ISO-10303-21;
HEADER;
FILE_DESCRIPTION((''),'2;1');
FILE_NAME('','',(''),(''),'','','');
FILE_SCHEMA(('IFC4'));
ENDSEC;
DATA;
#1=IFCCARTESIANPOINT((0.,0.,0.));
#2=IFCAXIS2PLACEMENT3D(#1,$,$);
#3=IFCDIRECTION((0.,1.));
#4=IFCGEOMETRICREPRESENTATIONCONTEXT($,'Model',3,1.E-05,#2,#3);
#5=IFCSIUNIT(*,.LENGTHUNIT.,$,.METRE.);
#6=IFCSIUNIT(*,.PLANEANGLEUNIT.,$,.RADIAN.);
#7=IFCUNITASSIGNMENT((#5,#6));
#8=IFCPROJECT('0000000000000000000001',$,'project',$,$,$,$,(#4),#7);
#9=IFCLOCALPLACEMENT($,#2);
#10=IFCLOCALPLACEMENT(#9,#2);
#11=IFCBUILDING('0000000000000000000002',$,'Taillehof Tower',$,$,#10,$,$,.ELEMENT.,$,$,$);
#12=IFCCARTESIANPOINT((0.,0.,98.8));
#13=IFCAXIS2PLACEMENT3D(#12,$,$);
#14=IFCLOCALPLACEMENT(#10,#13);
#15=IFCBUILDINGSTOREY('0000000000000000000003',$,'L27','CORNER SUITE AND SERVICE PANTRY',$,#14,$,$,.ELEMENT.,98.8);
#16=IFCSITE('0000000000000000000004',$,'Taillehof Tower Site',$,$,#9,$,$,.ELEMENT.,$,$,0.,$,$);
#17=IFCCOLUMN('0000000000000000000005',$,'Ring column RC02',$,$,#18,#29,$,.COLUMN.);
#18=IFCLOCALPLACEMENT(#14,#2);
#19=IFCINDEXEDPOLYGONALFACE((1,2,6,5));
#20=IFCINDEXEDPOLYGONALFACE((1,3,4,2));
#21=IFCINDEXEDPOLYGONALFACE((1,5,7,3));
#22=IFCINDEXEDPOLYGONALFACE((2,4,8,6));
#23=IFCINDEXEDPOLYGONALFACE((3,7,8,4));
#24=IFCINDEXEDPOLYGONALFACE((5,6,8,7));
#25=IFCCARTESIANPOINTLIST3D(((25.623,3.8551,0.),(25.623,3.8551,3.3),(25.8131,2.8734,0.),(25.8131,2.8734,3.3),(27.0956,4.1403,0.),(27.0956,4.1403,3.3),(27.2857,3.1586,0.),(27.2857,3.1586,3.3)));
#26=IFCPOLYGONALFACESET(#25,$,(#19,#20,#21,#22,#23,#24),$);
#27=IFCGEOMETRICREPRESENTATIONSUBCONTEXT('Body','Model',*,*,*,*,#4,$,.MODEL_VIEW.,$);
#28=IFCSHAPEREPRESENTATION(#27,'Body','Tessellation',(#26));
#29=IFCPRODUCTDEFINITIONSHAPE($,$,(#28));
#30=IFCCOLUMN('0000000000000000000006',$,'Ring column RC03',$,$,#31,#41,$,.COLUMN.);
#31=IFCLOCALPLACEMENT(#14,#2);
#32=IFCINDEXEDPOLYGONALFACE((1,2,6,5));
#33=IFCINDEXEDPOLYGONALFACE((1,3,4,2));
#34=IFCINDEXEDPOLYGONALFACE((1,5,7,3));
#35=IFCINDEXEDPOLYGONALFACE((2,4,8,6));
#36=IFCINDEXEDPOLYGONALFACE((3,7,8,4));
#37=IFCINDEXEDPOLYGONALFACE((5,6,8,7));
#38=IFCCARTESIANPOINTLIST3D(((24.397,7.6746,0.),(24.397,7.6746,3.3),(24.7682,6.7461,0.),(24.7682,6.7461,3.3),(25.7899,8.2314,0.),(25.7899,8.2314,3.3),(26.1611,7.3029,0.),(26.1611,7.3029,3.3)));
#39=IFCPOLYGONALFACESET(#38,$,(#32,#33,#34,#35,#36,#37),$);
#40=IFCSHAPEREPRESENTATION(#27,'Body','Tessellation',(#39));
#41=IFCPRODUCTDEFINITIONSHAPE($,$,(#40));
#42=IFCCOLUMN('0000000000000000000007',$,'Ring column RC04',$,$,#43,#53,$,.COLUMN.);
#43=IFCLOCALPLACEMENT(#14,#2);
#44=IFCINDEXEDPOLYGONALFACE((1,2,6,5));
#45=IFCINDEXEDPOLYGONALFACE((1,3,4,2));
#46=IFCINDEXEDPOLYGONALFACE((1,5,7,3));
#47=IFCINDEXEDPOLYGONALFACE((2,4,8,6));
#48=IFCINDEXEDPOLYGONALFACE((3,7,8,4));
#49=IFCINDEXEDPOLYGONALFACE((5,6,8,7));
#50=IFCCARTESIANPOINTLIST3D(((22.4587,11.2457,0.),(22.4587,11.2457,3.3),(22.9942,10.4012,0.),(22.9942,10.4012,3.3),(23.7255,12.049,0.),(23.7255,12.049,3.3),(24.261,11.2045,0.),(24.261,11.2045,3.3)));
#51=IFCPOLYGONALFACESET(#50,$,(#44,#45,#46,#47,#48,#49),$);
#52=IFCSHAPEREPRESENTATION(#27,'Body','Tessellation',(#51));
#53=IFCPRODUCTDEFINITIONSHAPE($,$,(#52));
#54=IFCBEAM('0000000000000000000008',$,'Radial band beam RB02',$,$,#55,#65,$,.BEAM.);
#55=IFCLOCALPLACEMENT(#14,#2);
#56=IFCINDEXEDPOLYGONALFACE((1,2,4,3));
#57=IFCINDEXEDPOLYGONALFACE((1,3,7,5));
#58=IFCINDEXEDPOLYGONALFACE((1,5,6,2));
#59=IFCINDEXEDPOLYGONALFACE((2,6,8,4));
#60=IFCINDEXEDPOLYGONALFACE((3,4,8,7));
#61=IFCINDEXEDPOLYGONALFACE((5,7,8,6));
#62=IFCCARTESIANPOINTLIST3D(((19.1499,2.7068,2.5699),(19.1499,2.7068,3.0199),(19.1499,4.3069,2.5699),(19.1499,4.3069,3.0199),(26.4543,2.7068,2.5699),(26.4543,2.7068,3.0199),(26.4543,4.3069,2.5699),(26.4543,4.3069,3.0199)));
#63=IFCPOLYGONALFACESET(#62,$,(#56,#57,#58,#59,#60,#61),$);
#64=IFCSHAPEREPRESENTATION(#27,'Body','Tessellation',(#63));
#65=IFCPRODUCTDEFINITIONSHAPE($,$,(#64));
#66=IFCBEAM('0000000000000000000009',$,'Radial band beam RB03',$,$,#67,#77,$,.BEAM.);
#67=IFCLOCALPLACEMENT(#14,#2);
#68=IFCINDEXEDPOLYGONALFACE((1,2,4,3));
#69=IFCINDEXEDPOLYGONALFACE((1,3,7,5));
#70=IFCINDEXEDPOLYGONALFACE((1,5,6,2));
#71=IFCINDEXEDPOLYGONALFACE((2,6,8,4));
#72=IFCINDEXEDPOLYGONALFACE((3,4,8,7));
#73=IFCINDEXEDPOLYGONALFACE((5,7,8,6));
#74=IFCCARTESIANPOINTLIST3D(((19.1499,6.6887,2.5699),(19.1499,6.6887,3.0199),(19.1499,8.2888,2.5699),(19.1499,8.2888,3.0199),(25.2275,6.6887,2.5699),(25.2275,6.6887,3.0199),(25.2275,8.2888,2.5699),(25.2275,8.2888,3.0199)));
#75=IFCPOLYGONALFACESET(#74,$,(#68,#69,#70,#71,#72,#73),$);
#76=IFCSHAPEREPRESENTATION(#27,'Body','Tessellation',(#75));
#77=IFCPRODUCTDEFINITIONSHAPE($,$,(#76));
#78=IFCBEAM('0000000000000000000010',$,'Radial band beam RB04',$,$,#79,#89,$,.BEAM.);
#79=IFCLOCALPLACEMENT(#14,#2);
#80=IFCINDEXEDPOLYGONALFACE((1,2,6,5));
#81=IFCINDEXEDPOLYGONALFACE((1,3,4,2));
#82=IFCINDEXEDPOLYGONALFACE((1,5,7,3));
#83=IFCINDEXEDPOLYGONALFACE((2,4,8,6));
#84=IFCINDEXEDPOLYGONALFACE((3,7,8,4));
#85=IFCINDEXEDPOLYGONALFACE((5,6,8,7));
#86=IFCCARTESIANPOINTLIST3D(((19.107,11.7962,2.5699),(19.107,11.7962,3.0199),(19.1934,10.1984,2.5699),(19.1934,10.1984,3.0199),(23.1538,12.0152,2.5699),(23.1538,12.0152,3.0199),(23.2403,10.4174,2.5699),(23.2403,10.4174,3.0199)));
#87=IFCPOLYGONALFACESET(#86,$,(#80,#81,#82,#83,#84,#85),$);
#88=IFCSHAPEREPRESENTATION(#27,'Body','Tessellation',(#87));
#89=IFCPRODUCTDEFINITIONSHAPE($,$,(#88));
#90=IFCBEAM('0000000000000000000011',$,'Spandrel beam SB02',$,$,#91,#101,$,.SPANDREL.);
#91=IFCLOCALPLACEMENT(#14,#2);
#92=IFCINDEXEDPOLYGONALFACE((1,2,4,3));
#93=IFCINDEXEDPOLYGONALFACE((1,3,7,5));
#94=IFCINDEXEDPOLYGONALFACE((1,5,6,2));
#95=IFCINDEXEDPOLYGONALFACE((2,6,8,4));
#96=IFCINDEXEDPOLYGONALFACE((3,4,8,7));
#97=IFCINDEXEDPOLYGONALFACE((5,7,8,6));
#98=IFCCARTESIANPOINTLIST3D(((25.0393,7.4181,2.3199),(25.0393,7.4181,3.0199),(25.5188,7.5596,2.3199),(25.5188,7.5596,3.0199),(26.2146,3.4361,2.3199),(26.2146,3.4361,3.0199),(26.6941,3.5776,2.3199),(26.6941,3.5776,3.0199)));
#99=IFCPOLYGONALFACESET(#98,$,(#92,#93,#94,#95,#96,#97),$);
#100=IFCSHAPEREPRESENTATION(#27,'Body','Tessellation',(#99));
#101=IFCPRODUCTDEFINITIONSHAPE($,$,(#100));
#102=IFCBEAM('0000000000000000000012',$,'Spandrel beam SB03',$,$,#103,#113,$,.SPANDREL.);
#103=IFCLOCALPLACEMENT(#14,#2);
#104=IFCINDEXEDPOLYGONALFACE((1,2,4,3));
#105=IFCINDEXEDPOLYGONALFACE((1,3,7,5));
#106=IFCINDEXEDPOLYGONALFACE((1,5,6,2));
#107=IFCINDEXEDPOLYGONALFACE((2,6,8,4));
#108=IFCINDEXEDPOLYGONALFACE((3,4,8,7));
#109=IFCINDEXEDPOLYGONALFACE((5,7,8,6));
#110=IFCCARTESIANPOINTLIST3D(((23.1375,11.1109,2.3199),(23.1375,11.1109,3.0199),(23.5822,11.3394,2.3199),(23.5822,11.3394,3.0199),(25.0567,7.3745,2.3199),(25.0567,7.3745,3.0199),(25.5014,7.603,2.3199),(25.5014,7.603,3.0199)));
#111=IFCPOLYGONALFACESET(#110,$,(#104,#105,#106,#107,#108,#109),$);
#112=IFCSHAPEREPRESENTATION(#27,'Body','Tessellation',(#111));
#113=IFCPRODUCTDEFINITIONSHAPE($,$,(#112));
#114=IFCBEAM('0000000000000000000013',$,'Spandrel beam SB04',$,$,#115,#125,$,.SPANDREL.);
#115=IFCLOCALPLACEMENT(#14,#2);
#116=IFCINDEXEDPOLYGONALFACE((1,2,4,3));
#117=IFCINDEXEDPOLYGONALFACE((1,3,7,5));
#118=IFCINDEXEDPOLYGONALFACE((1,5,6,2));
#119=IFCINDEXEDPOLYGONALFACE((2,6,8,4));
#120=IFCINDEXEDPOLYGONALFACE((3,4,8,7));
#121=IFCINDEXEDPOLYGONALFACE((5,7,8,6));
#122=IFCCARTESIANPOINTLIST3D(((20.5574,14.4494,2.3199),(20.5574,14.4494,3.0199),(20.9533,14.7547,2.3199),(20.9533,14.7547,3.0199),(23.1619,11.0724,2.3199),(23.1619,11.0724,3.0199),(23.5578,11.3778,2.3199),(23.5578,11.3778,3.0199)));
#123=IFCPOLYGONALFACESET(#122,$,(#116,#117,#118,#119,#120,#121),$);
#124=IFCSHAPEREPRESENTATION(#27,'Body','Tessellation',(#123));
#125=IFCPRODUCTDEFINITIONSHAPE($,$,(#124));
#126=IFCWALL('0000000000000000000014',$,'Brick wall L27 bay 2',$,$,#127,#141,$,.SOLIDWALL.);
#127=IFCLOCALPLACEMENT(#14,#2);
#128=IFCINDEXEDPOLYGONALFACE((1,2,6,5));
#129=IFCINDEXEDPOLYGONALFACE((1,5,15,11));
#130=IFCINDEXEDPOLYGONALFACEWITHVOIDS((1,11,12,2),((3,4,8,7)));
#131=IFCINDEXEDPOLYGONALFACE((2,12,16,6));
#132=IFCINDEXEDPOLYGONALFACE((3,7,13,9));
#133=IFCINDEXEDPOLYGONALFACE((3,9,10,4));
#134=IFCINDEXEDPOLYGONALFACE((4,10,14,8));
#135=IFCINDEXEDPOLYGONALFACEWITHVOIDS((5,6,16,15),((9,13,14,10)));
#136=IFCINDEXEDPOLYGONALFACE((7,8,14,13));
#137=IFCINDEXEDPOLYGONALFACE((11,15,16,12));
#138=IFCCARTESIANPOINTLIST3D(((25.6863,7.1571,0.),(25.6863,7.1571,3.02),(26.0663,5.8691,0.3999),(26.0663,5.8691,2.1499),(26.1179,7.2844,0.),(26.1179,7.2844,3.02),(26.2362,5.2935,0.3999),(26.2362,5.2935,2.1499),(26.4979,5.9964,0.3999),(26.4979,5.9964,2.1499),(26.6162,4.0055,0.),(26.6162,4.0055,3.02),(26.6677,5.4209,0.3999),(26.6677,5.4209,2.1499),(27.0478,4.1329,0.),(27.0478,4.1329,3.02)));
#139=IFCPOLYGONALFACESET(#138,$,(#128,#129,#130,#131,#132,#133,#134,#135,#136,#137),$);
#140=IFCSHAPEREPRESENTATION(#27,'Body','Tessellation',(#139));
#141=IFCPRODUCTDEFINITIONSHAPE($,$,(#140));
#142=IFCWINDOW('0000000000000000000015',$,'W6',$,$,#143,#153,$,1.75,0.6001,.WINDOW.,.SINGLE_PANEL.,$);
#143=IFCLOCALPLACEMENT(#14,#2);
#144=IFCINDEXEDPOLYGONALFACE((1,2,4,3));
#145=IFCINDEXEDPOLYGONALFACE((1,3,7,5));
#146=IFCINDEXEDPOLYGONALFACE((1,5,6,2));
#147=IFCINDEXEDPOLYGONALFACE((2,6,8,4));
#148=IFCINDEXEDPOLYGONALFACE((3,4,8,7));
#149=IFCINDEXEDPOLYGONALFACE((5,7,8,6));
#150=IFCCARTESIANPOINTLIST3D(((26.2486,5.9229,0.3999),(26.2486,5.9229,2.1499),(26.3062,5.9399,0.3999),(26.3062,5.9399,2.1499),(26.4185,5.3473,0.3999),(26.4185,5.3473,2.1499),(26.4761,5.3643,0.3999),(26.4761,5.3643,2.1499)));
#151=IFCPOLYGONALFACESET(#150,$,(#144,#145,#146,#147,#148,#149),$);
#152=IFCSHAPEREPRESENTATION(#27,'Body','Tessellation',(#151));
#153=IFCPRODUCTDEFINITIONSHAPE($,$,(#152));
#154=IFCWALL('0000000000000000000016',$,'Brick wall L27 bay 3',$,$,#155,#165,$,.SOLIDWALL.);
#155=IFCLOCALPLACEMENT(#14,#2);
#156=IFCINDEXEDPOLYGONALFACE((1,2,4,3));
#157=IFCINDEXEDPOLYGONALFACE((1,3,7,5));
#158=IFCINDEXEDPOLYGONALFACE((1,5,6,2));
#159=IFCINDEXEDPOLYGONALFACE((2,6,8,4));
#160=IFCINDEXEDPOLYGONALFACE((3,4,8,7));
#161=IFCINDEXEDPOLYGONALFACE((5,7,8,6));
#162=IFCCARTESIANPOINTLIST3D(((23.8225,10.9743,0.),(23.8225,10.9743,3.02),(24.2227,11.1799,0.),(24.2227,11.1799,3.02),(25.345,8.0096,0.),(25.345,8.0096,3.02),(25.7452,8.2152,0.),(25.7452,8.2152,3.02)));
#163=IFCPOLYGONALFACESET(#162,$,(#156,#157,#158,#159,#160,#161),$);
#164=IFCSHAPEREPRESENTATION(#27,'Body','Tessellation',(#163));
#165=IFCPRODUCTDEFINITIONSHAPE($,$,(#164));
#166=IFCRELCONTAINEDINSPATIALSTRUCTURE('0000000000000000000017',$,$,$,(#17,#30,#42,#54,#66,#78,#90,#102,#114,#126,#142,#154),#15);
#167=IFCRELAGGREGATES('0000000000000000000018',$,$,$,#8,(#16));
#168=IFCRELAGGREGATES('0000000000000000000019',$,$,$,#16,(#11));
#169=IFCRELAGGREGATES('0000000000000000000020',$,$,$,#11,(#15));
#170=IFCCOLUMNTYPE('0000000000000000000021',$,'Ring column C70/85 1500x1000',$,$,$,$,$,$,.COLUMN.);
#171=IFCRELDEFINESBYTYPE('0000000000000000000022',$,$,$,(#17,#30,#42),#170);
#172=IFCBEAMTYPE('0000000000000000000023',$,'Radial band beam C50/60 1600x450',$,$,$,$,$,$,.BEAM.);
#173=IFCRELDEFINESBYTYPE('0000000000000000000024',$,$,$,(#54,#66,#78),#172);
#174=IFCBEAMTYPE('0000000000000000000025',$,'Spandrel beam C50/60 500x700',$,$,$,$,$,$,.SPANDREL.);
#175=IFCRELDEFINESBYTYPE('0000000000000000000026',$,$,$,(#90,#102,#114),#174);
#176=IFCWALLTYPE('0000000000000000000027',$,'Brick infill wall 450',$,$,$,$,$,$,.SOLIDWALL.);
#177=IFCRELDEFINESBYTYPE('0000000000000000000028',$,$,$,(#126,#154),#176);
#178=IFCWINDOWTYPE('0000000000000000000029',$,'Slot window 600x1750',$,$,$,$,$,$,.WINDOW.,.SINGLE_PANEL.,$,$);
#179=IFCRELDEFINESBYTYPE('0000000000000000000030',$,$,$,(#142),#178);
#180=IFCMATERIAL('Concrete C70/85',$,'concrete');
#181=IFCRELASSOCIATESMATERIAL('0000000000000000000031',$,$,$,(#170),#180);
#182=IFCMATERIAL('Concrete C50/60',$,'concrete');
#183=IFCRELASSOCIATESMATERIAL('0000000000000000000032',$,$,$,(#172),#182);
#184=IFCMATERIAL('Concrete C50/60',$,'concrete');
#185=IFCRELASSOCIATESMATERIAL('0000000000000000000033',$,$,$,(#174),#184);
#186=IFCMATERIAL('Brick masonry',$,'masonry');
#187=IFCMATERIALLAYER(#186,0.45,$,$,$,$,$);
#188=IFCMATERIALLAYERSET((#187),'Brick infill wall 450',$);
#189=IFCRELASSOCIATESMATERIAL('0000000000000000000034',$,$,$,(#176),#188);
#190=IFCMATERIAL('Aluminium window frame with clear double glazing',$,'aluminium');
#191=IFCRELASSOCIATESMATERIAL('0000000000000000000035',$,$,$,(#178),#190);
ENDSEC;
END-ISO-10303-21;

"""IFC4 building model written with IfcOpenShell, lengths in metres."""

from ifc_helpers import new_model, si_unit, direction, frame, frame_2d, origin, origin_2d, place, context, subcontext, project, spatial, rectangle, extrude, material, layer, layer_set, material_profile, profile_set, type_object, element, fill, save


model = new_model("IFC4")

# Units and contexts
model_context = context("Model", 3, precision=1e-05, world=origin(), true_north=direction((0.0, 1.0)))
body_context = subcontext(model_context, "Body", "Model", "MODEL_VIEW")
ifc_project = project(units=[si_unit("LENGTHUNIT", "METRE"), si_unit("PLANEANGLEUNIT", "RADIAN")], contexts=[model_context])

# Site, building, storey
site_placement = place(None, origin())
site = spatial("IfcSite", under=ifc_project, at=site_placement, Name="Taillehof Tower Site", CompositionType="ELEMENT", RefElevation=0.0)
building_placement = place(site_placement, origin())
building = spatial("IfcBuilding", under=site, at=building_placement, Name="Taillehof Tower", CompositionType="ELEMENT")
storey_placement = place(building_placement, frame((0.0, 0.0, 98.8)))
storey = spatial("IfcBuildingStorey", under=building, at=storey_placement, Name="L27", Description="CORNER SUITE AND SERVICE PANTRY", CompositionType="ELEMENT", Elevation=98.8)

# Columns
ifc_material_1 = material(Name="Concrete C70/85", Category="concrete")
ifc_material_profile_1 = material_profile(ifc_material_1, rectangle(XDim=1.5, YDim=1.0, at=origin_2d()), Name="RC 1500x1000")
ifc_profile_set_1 = profile_set([ifc_material_profile_1], Name="Concrete C70/85")
column_type = type_object("IfcColumnType", Name="Ring column C70/85 1500x1000", PredefinedType="COLUMN", material=ifc_profile_set_1)
for number, where, z_axis, x_axis, name in (
    (1, (26.4543, 3.5068, 0.0), (0.0, 0.0, 1.0), (0.981757, 0.190138, 0.0), "Ring column RC02"),
    (2, (25.2791, 7.4888, 0.0), (0.0, 0.0, 1.0), (0.92855, 0.371207, 0.0), "Ring column RC03"),
    (3, (23.3599, 11.2251, 0.0), (0.0, 0.0, 1.0), (0.844511, 0.535537, 0.0), "Ring column RC04"),
):
    element("IfcColumn", number, at=place(storey_placement, frame(where, z_axis=z_axis, x_axis=x_axis)), inside=storey, type_object=column_type, Name=name, PredefinedType="COLUMN", context=body_context, shape_type="SweptSolid", body=[
        extrude(rectangle(XDim=1.5, YDim=1.0, at=origin_2d()), origin(), (0.0, 0.0, 1.0), 3.3),
    ])

# Beams
ifc_material_2 = material(Name="Concrete C50/60", Category="concrete")
ifc_material_profile_2 = material_profile(ifc_material_2, rectangle(XDim=1.6001, YDim=0.45, at=origin_2d()), Name="RC 1600x450")
ifc_profile_set_2 = profile_set([ifc_material_profile_2], Name="Concrete C50/60")
beam_type_1 = type_object("IfcBeamType", Name="Radial band beam C50/60 1600x450", PredefinedType="BEAM", material=ifc_profile_set_2)
beam_1_placement = place(storey_placement, frame((26.4543, 3.5068, 2.7949), z_axis=(-1.0, 0.0, 0.0), x_axis=(0.0, -1.0, 0.0)))
element("IfcBeam", 4, at=beam_1_placement, inside=storey, type_object=beam_type_1, Name="Radial band beam RB02", PredefinedType="BEAM", context=body_context, shape_type="SweptSolid", body=[
    extrude(rectangle(XDim=1.6001, YDim=0.45, at=origin_2d()), origin(), (0.0, 0.0, 1.0), 7.3044),
])
beam_2_placement = place(storey_placement, frame((25.2275, 7.4888, 2.7949), z_axis=(-1.0, 0.0, 0.0), x_axis=(0.0, -1.0, 0.0)))
element("IfcBeam", 5, at=beam_2_placement, inside=storey, type_object=beam_type_1, Name="Radial band beam RB03", PredefinedType="BEAM", context=body_context, shape_type="SweptSolid", body=[
    extrude(rectangle(XDim=1.6001, YDim=0.45, at=origin_2d()), origin(), (0.0, 0.0, 1.0), 6.0776),
])
beam_3_placement = place(storey_placement, frame((23.197, 11.2163, 2.7949), z_axis=(-0.998539, -0.054035, 0.0), x_axis=(0.054035, -0.998539, 0.0)))
element("IfcBeam", 6, at=beam_3_placement, inside=storey, type_object=beam_type_1, Name="Radial band beam RB04", PredefinedType="BEAM", context=body_context, shape_type="SweptSolid", body=[
    extrude(rectangle(XDim=1.6001, YDim=0.45, at=origin_2d()), origin(), (0.0, 0.0, 1.0), 4.0527),
])
ifc_material_3 = material(Name="Concrete C50/60", Category="concrete")
ifc_material_profile_3 = material_profile(ifc_material_3, rectangle(XDim=0.5, YDim=0.7, at=origin_2d()), Name="RC 500x700")
ifc_profile_set_3 = profile_set([ifc_material_profile_3], Name="Concrete C50/60")
beam_type_2 = type_object("IfcBeamType", Name="Spandrel beam C50/60 500x700", PredefinedType="SPANDREL", material=ifc_profile_set_3)
beam_4_placement = place(storey_placement, frame((26.4543, 3.5068, 2.6699), z_axis=(-0.283083, 0.959095, 0.0), x_axis=(-0.959095, -0.283083, 0.0)))
element("IfcBeam", 7, at=beam_4_placement, inside=storey, type_object=beam_type_2, Name="Spandrel beam SB02", PredefinedType="SPANDREL", context=body_context, shape_type="SweptSolid", body=[
    extrude(rectangle(XDim=0.5, YDim=0.7, at=origin_2d()), origin(), (0.0, 0.0, 1.0), 4.1519),
])
beam_5_placement = place(storey_placement, frame((25.2791, 7.4888, 2.6699), z_axis=(-0.456905, 0.889515, 0.0), x_axis=(-0.889515, -0.456905, 0.0)))
element("IfcBeam", 8, at=beam_5_placement, inside=storey, type_object=beam_type_2, Name="Spandrel beam SB03", PredefinedType="SPANDREL", context=body_context, shape_type="SweptSolid", body=[
    extrude(rectangle(XDim=0.5, YDim=0.7, at=origin_2d()), origin(), (0.0, 0.0, 1.0), 4.2004),
])
beam_6_placement = place(storey_placement, frame((23.3599, 11.2251, 2.6699), z_axis=(-0.610717, 0.791849, 0.0), x_axis=(-0.791849, -0.610717, 0.0)))
element("IfcBeam", 9, at=beam_6_placement, inside=storey, type_object=beam_type_2, Name="Spandrel beam SB04", PredefinedType="SPANDREL", context=body_context, shape_type="SweptSolid", body=[
    extrude(rectangle(XDim=0.5, YDim=0.7, at=origin_2d()), origin(), (0.0, 0.0, 1.0), 4.2646),
])

# Wall, opening, window
ifc_material_4 = material(Name="Brick masonry", Category="masonry")
ifc_layer_1 = layer(ifc_material_4, 0.45)
ifc_layer_set_1 = layer_set([ifc_layer_1], Name="Brick infill wall 450")
wall_type_1 = type_object("IfcWallType", Name="Brick infill wall 450", PredefinedType="SOLIDWALL", material=ifc_layer_set_1)
wall_1_placement = place(storey_placement, frame((26.832, 4.0691, 0.0), z_axis=(0.0, 0.0, 1.0), x_axis=(-0.283003, 0.959119, 0.0)))
wall_1 = element("IfcWall", 10, at=wall_1_placement, inside=storey, type_object=wall_type_1, Name="Brick wall L27 bay 2", PredefinedType="SOLIDWALL", context=body_context, shape_type="SweptSolid", body=[
    extrude(rectangle(XDim=3.2859, YDim=0.45, at=frame_2d((1.6431, 0.0))), origin(), (0.0, 0.0, 1.0), 3.02),
])
opening_1_placement = place(wall_1_placement, frame((1.343, 0.0, 0.3999)))
opening_1 = element("IfcOpeningElement", 11, at=opening_1_placement, cuts=wall_1, PredefinedType="OPENING", context=body_context, shape_type="SweptSolid", body=[
    extrude(rectangle(XDim=0.6001, YDim=1.75, at=frame_2d((0.3, 0.875))), frame((0.0, 0.2349, 0.0), z_axis=(0.0, -1.0, 0.0), x_axis=(1.0, 0.0, 0.0)), (0.0, 0.0, 1.0), 0.47),
])
ifc_material_5 = material(Name="Aluminium window frame with clear double glazing", Category="aluminium")
window_type = type_object("IfcWindowType", Name="Slot window 600x1750", PartitioningType="SINGLE_PANEL", PredefinedType="WINDOW", material=ifc_material_5)
window_1_placement = place(opening_1_placement, origin())
window_1 = element("IfcWindow", 12, at=window_1_placement, inside=storey, type_object=window_type, Name="W6", OverallHeight=1.75, OverallWidth=0.6001, PartitioningType="SINGLE_PANEL", PredefinedType="WINDOW", context=body_context, shape_type="SweptSolid", body=[
    extrude(rectangle(XDim=0.6001, YDim=1.75, at=frame_2d((0.3, 0.875))), frame((0.0, 0.0349, 0.0), z_axis=(0.0, -1.0, 0.0), x_axis=(1.0, 0.0, 0.0)), (0.0, 0.0, 1.0), 0.0601),
])
fill(opening_1, window_1)

# Wall
wall_2_placement = place(storey_placement, frame((25.5452, 8.1123, 0.0), z_axis=(0.0, 0.0, 1.0), x_axis=(-0.456828, 0.889555, 0.0)))
element("IfcWall", 13, at=wall_2_placement, inside=storey, type_object=wall_type_1, Name="Brick wall L27 bay 3", PredefinedType="SOLIDWALL", context=body_context, shape_type="SweptSolid", body=[
    extrude(rectangle(XDim=3.3328, YDim=0.45, at=frame_2d((1.6665, 0.0))), origin(), (0.0, 0.0, 1.0), 3.02),
])

save(model, "model.ifc")
